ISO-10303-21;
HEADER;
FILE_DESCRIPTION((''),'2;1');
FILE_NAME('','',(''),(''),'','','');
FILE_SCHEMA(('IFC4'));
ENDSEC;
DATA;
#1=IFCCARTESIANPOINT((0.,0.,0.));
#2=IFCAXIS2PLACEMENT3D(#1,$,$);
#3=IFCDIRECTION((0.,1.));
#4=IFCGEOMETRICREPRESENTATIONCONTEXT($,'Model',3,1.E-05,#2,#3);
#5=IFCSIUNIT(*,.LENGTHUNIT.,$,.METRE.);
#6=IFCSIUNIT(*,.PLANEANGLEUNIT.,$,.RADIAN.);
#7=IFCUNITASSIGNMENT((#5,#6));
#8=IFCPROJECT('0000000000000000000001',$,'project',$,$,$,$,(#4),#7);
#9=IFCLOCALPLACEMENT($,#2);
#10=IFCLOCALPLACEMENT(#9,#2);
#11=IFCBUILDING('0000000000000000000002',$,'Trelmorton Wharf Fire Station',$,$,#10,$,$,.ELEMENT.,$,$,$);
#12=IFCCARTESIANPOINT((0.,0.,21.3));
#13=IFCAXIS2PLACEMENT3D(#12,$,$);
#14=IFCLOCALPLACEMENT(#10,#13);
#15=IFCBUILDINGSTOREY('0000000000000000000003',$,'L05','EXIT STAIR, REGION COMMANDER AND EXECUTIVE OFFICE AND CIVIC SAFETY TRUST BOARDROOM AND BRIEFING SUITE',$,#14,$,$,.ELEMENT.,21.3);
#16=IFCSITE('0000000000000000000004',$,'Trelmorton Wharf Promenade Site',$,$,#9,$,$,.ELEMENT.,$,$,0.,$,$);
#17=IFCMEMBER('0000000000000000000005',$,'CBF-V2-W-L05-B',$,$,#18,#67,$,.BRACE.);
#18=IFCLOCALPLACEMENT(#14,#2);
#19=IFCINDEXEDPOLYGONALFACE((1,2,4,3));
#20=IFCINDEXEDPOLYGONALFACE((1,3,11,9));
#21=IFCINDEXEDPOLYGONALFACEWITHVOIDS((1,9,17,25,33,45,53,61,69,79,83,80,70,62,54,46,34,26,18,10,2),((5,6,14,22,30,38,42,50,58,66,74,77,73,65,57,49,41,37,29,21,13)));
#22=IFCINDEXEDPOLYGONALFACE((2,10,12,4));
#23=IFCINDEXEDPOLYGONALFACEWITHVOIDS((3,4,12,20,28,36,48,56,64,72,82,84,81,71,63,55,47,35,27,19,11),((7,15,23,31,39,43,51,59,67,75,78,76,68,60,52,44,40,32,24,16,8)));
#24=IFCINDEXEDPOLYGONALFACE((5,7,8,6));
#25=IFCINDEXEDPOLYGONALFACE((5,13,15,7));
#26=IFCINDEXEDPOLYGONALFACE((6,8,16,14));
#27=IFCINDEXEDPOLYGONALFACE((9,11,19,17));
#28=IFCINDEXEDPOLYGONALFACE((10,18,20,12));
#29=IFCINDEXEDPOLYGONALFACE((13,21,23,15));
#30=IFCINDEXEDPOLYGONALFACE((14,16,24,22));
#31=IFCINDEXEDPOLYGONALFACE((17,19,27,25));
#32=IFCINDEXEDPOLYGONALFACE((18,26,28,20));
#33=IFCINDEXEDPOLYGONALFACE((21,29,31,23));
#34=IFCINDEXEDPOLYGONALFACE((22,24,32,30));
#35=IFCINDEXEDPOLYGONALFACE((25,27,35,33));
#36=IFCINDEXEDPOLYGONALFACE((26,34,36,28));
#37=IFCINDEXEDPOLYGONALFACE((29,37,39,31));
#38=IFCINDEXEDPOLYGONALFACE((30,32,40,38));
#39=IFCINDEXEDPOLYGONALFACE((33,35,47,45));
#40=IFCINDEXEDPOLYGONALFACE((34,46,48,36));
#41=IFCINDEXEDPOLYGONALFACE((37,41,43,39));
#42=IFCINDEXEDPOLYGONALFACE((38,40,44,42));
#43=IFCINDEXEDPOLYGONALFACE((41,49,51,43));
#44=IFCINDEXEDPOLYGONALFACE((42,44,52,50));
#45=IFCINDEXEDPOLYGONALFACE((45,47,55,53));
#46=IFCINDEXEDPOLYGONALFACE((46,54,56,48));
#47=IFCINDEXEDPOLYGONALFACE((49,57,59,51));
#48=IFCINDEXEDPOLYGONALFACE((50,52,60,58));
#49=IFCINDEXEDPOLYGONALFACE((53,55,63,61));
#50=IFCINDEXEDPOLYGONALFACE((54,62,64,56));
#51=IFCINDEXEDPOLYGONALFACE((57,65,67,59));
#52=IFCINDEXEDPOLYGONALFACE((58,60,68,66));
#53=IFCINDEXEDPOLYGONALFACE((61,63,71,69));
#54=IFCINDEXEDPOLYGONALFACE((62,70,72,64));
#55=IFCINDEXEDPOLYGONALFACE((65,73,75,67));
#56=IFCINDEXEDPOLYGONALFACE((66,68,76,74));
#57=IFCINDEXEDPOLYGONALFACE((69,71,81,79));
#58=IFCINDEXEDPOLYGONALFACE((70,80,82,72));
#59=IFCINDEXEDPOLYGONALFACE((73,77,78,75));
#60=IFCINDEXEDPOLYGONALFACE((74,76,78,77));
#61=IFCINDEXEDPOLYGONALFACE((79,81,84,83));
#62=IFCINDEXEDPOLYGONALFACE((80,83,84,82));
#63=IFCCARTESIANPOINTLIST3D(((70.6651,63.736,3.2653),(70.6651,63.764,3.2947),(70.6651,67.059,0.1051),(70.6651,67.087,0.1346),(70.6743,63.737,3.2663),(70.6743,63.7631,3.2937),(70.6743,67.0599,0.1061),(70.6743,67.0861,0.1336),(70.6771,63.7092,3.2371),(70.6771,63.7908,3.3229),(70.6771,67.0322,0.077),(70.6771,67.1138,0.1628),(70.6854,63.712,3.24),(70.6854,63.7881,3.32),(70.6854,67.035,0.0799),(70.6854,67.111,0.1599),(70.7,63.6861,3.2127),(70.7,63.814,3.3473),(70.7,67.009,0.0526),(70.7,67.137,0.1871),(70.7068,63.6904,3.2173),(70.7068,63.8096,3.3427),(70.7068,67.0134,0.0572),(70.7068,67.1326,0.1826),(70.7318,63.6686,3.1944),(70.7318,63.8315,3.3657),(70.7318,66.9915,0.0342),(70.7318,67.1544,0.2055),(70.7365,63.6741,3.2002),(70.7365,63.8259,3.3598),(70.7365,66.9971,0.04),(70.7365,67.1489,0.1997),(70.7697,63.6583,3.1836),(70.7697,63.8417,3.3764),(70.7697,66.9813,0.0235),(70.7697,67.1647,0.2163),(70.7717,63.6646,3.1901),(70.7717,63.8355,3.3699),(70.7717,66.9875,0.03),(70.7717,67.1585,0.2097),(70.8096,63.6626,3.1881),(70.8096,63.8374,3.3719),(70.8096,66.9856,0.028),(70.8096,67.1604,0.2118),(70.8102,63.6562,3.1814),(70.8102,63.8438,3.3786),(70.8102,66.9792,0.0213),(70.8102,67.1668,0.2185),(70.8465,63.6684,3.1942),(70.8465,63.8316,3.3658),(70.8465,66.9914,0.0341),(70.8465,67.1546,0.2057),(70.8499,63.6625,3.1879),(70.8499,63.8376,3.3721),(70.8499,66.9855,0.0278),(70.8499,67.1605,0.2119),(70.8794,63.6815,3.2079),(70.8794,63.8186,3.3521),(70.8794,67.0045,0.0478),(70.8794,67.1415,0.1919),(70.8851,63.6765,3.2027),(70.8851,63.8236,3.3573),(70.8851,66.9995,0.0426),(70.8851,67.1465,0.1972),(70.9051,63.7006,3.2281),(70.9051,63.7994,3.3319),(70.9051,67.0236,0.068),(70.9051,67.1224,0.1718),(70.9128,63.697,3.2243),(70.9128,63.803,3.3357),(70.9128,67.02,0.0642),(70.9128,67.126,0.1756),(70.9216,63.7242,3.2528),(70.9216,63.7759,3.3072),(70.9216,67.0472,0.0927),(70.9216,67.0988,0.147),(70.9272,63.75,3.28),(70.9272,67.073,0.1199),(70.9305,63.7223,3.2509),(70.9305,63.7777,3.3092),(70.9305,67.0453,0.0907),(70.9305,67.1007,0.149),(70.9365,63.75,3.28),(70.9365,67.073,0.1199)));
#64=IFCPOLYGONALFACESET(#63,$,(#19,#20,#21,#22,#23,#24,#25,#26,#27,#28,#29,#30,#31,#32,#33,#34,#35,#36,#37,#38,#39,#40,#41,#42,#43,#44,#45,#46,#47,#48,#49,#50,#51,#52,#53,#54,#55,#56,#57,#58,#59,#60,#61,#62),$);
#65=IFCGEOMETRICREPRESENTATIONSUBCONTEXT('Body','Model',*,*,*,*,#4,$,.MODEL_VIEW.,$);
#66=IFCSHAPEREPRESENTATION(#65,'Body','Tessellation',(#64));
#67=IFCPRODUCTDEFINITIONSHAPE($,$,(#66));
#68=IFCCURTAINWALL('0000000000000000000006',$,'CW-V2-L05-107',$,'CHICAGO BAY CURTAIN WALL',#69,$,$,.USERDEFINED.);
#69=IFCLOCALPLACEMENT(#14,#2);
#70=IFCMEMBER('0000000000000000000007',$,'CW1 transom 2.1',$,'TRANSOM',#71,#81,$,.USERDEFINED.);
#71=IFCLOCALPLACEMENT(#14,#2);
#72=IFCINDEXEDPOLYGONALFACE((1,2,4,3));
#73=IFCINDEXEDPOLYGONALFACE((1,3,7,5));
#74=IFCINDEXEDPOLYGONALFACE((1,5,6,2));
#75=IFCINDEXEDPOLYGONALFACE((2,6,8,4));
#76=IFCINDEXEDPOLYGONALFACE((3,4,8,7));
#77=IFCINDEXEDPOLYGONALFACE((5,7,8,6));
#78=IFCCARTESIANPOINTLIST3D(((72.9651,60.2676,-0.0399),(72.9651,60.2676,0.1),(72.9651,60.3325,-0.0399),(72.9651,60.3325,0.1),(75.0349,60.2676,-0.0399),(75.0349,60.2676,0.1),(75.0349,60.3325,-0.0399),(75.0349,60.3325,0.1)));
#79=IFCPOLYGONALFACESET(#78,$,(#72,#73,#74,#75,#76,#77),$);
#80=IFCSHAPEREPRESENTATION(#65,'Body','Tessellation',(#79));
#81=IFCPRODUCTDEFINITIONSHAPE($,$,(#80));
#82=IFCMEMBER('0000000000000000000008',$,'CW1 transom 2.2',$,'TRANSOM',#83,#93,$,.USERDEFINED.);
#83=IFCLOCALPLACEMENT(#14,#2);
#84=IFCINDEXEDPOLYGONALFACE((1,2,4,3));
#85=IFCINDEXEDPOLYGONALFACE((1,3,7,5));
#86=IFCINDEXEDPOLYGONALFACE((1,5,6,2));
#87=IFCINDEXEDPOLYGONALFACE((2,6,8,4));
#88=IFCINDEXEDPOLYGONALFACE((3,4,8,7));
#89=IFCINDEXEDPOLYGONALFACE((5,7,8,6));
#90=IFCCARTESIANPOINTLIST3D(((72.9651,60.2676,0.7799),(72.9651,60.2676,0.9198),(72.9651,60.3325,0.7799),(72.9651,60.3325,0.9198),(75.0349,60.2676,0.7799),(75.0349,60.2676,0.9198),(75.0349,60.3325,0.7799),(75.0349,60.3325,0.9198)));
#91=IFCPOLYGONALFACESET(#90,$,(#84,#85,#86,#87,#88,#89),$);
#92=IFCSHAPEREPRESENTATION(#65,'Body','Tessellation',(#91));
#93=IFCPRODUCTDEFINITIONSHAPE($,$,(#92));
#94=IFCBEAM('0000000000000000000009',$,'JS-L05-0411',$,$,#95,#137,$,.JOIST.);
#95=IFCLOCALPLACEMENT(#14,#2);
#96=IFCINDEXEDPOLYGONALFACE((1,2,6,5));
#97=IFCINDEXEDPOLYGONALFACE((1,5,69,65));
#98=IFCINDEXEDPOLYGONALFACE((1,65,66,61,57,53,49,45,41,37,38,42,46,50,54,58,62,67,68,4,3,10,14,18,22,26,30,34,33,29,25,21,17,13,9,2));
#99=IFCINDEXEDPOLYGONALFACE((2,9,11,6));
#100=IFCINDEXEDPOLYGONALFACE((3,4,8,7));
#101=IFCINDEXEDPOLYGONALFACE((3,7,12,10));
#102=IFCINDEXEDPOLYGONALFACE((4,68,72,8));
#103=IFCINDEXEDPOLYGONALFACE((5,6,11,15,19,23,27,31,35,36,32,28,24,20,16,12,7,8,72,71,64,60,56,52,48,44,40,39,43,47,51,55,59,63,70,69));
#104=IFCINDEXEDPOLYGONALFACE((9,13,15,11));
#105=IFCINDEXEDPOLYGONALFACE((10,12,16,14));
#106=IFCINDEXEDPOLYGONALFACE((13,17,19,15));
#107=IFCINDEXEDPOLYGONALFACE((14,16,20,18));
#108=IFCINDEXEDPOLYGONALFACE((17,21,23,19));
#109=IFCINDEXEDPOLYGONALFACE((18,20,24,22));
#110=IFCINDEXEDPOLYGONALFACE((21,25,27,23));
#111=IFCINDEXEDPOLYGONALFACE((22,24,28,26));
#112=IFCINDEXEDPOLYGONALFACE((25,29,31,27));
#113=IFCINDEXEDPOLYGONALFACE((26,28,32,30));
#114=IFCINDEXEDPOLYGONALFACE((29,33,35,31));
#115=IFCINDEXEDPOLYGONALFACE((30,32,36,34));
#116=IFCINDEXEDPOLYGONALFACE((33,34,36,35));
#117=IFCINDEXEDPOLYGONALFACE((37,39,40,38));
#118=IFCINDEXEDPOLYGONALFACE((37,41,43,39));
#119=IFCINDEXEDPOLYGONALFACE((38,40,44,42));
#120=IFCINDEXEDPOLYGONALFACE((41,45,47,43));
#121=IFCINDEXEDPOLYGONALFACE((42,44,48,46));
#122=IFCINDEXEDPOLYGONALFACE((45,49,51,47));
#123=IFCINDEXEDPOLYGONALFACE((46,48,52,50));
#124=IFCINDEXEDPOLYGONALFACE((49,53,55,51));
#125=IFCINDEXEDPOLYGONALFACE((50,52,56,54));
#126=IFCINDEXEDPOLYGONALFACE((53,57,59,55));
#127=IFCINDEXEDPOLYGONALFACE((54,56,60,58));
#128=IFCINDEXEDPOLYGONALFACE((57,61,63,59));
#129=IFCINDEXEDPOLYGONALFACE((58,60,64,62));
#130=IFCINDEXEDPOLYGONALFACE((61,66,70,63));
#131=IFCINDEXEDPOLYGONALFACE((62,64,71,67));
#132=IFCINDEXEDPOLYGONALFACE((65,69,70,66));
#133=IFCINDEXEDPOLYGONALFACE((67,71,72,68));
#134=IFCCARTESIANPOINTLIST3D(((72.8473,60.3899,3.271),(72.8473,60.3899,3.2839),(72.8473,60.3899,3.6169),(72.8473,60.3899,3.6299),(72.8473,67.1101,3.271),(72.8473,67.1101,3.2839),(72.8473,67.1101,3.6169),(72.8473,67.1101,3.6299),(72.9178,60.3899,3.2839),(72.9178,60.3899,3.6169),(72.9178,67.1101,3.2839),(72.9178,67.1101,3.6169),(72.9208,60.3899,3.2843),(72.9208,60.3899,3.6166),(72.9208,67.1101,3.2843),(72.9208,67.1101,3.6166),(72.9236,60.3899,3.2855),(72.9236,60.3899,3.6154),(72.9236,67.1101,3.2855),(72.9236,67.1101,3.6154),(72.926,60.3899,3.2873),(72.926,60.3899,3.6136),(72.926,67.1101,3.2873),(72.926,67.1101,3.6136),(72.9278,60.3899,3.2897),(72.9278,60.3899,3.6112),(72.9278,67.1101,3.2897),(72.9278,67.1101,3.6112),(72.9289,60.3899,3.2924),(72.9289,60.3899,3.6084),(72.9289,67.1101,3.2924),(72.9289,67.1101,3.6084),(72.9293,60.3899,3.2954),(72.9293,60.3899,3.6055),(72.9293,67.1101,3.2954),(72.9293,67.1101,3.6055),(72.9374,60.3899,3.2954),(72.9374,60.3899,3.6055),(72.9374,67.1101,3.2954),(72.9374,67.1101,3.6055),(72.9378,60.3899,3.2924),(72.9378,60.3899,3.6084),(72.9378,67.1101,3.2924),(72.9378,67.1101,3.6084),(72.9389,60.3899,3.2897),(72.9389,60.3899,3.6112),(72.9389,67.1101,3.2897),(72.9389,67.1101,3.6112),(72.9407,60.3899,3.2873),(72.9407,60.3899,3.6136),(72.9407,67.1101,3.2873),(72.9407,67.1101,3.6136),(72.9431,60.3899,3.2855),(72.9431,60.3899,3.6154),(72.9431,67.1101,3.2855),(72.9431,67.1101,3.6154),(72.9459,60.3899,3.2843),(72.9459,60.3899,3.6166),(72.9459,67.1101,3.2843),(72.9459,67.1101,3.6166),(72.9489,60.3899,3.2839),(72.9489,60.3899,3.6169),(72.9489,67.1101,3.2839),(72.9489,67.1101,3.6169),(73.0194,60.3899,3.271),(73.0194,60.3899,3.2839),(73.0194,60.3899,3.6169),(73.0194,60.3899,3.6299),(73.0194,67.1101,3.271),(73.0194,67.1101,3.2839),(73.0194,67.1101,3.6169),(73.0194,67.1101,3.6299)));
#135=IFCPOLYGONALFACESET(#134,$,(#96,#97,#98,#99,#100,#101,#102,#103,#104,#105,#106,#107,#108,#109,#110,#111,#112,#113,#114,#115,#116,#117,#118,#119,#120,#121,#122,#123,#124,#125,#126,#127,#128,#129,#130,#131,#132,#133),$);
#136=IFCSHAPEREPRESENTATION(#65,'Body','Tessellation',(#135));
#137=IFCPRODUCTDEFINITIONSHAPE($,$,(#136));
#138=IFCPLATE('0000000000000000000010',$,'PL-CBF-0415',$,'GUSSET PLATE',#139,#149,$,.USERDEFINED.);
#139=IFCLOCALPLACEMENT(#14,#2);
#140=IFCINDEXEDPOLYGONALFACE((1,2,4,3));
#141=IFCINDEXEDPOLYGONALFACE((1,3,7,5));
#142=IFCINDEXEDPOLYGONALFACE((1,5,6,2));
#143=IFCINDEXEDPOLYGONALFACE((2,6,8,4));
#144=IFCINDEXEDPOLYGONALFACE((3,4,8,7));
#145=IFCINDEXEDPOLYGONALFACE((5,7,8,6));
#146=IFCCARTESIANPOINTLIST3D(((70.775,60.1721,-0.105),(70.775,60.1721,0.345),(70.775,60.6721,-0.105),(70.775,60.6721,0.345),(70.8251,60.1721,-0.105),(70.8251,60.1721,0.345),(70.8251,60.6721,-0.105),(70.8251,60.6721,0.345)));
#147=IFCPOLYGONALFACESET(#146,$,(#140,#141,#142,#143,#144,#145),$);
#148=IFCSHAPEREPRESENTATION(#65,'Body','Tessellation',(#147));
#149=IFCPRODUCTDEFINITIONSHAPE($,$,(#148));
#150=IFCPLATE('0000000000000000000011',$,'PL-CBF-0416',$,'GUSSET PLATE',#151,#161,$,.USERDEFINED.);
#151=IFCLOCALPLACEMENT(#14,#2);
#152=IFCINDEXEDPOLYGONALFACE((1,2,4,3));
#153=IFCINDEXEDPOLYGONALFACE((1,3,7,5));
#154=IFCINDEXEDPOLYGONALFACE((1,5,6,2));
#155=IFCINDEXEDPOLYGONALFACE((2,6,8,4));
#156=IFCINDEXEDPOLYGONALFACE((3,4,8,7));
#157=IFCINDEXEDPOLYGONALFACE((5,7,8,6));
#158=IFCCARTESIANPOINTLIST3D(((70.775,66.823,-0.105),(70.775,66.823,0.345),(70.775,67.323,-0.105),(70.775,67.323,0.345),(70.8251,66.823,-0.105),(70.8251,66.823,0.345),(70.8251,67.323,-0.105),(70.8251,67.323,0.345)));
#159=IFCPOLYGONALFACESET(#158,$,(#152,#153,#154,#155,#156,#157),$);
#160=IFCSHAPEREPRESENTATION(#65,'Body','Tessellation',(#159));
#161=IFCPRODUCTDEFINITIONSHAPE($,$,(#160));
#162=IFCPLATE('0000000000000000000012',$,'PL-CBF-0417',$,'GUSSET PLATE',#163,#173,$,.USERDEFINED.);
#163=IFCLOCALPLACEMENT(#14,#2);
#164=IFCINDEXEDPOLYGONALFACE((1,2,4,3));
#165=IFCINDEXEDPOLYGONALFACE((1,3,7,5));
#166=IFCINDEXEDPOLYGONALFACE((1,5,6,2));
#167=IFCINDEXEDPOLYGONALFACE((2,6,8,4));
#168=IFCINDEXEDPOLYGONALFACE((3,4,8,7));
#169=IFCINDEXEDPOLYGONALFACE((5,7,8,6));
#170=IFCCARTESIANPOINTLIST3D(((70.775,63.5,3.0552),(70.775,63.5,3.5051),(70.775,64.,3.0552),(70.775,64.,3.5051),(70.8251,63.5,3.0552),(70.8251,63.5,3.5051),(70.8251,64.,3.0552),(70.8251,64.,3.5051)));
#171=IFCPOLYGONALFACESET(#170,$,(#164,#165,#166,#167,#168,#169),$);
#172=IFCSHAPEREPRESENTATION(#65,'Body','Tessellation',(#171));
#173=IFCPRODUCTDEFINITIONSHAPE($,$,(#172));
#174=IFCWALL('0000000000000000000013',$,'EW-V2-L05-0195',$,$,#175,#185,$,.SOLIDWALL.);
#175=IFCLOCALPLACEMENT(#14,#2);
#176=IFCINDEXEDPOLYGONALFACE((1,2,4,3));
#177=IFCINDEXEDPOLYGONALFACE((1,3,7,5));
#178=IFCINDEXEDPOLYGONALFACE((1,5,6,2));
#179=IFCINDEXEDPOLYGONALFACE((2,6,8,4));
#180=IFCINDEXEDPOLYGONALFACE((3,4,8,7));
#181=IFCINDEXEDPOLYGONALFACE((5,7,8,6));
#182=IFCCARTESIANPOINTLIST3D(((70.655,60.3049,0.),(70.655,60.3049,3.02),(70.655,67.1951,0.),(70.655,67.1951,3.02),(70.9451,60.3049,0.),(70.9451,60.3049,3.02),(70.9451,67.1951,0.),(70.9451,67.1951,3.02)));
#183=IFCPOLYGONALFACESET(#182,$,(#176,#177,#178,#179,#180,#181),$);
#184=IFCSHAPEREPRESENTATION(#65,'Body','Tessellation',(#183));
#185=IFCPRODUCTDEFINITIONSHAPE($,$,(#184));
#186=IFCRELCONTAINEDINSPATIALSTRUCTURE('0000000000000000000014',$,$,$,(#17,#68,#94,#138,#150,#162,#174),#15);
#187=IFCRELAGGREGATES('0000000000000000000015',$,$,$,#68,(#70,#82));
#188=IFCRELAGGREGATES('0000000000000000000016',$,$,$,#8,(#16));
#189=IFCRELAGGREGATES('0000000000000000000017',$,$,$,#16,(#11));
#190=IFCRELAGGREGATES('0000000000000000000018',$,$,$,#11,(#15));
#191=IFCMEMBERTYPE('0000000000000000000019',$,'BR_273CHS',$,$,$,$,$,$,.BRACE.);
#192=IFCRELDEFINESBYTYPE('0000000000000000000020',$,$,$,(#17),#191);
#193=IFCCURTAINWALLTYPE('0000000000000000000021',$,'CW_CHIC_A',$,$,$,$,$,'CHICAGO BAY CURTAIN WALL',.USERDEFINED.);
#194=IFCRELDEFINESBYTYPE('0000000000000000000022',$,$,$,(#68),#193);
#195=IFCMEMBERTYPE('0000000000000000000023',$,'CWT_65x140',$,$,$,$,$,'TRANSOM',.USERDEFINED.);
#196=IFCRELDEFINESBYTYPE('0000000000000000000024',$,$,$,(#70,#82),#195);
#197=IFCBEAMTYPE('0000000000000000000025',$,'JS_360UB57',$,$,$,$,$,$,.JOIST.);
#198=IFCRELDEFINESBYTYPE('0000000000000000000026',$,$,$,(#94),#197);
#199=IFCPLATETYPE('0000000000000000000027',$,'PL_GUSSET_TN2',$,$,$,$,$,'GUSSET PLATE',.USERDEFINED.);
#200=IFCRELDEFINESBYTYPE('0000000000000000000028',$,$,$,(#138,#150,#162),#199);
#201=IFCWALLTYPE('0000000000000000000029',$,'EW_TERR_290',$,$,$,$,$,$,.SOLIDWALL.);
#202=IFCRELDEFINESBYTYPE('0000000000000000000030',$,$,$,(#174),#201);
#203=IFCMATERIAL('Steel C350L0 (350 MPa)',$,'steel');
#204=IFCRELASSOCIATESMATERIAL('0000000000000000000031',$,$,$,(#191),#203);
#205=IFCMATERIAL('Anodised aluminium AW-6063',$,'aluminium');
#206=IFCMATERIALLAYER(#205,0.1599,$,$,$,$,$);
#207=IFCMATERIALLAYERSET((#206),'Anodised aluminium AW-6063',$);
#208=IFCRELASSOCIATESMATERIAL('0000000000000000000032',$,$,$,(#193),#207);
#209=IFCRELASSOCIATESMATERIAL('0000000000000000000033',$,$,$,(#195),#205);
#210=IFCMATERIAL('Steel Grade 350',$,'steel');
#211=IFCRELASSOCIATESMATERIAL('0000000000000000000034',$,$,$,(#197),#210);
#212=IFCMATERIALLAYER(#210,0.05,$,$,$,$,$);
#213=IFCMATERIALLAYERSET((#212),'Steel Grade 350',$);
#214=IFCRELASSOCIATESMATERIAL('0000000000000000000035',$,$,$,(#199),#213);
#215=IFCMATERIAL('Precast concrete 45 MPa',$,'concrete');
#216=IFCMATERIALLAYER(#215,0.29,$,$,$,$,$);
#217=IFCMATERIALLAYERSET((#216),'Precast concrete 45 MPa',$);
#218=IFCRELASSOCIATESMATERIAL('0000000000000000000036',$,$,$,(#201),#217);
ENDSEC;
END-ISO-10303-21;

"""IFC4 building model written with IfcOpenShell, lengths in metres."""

from ifc_helpers import new_model, si_unit, direction, frame, frame_2d, origin, origin_2d, place, context, subcontext, project, spatial, rectangle, hollow_circle, i_section, extrude, material, layer, layer_set, material_profile, profile_set, type_object, element, aggregate, save


model = new_model("IFC4")

# Units and contexts
model_context = context("Model", 3, precision=1e-05, world=origin(), true_north=direction((0.0, 1.0)))
body_context = subcontext(model_context, "Body", "Model", "MODEL_VIEW")
ifc_project = project(units=[si_unit("LENGTHUNIT", "METRE"), si_unit("PLANEANGLEUNIT", "RADIAN")], contexts=[model_context])

# Site, building, storey
site_placement = place(None, origin())
site = spatial("IfcSite", under=ifc_project, at=site_placement, Name="Trelmorton Wharf Promenade Site", CompositionType="ELEMENT", RefElevation=0.0)
building_placement = place(site_placement, origin())
building = spatial("IfcBuilding", under=site, at=building_placement, Name="Trelmorton Wharf Fire Station", CompositionType="ELEMENT")
storey_placement = place(building_placement, frame((0.0, 0.0, 21.3)))
storey = spatial("IfcBuildingStorey", under=building, at=storey_placement, Name="L05", Description="EXIT STAIR, REGION COMMANDER AND EXECUTIVE OFFICE AND CIVIC SAFETY TRUST BOARDROOM AND BRIEFING SUITE", CompositionType="ELEMENT", Elevation=21.3)

# Shared definitions
ifc_material_1 = material(Name="Steel Grade 350", Category="steel")

# Member
ifc_material_2 = material(Name="Steel C350L0 (350 MPa)", Category="steel")
ifc_material_profile_1 = material_profile(ifc_material_2, hollow_circle(Radius=0.1365, WallThickness=0.0093, at=origin_2d()), Name="273.1x9.3CHS")
ifc_profile_set_1 = profile_set([ifc_material_profile_1], Name="Steel C350L0 (350 MPa)")
member_type_1 = type_object("IfcMemberType", Name="BR_273CHS", PredefinedType="BRACE", material=ifc_profile_set_1)
member_1_placement = place(storey_placement, frame((70.8, 67.073, 0.1199), z_axis=(0.0, -0.724639, 0.689129), x_axis=(1.0, 0.0, 0.0)))
element("IfcMember", 1, at=member_1_placement, inside=storey, type_object=member_type_1, Name="CBF-V2-W-L05-B", PredefinedType="BRACE", context=body_context, shape_type="SweptSolid", body=[
    extrude(hollow_circle(Radius=0.1365, WallThickness=0.0093, at=origin_2d()), origin(), (0.0, 0.0, 1.0), 4.5857),
])

# Curtain wall, members
ifc_material_3 = material(Name="Anodised aluminium AW-6063", Category="aluminium")
ifc_layer_1 = layer(ifc_material_3, 0.1599)
ifc_layer_set_1 = layer_set([ifc_layer_1], Name="Anodised aluminium AW-6063")
curtain_wall_type = type_object("IfcCurtainWallType", Name="CW_CHIC_A", ElementType="CHICAGO BAY CURTAIN WALL", PredefinedType="USERDEFINED", material=ifc_layer_set_1)
curtain_wall_placement = place(storey_placement, origin())
curtain_wall = element("IfcCurtainWall", 2, at=curtain_wall_placement, inside=storey, type_object=curtain_wall_type, Name="CW-V2-L05-107", ObjectType="CHICAGO BAY CURTAIN WALL", PredefinedType="USERDEFINED")
ifc_material_profile_2 = material_profile(ifc_material_3, rectangle(XDim=0.0649, YDim=0.1399, at=origin_2d()), Name="ALU-65x140")
ifc_profile_set_2 = profile_set([ifc_material_profile_2], Name="Anodised aluminium AW-6063")
member_type_2 = type_object("IfcMemberType", Name="CWT_65x140", ElementType="TRANSOM", PredefinedType="USERDEFINED", material=ifc_profile_set_2)
member_2_placement = place(storey_placement, frame((75.0349, 60.3, 0.03), z_axis=(-1.0, 0.0, 0.0), x_axis=(0.0, -1.0, 0.0)))
member_2 = element("IfcMember", 3, at=member_2_placement, type_object=member_type_2, Name="CW1 transom 2.1", ObjectType="TRANSOM", PredefinedType="USERDEFINED", context=body_context, shape_type="SweptSolid", body=[
    extrude(rectangle(XDim=0.0649, YDim=0.1399, at=origin_2d()), origin(), (0.0, 0.0, 1.0), 2.0698),
])
member_3_placement = place(storey_placement, frame((75.0349, 60.3, 0.8499), z_axis=(-1.0, 0.0, 0.0), x_axis=(0.0, -1.0, 0.0)))
member_3 = element("IfcMember", 4, at=member_3_placement, type_object=member_type_2, Name="CW1 transom 2.2", ObjectType="TRANSOM", PredefinedType="USERDEFINED", context=body_context, shape_type="SweptSolid", body=[
    extrude(rectangle(XDim=0.0649, YDim=0.1399, at=origin_2d()), origin(), (0.0, 0.0, 1.0), 2.0698),
])
aggregate(curtain_wall, [member_2, member_3])

# Beam
ifc_material_profile_3 = material_profile(ifc_material_1, i_section(OverallWidth=0.1721, OverallDepth=0.3589, WebThickness=0.0081, FlangeThickness=0.0129, FilletRadius=0.0115, at=origin_2d()), Name="360UB56.7")
ifc_profile_set_3 = profile_set([ifc_material_profile_3], Name="Steel Grade 350")
beam_type_1 = type_object("IfcBeamType", Name="JS_360UB57", PredefinedType="JOIST", material=ifc_profile_set_3)
beam_1_placement = place(storey_placement, frame((72.9333, 60.3899, 3.4504), z_axis=(0.0, 1.0, 0.0), x_axis=(-1.0, 0.0, 0.0)))
element("IfcBeam", 5, at=beam_1_placement, inside=storey, type_object=beam_type_1, Name="JS-L05-0411", PredefinedType="JOIST", context=body_context, shape_type="SweptSolid", body=[
    extrude(i_section(OverallWidth=0.1721, OverallDepth=0.3589, WebThickness=0.0081, FlangeThickness=0.0129, FilletRadius=0.0115, at=origin_2d()), origin(), (0.0, 0.0, 1.0), 6.7202),
])

# Plates
ifc_layer_2 = layer(ifc_material_1, 0.05)
ifc_layer_set_2 = layer_set([ifc_layer_2], Name="Steel Grade 350")
plate_type = type_object("IfcPlateType", Name="PL_GUSSET_TN2", ElementType="GUSSET PLATE", PredefinedType="USERDEFINED", material=ifc_layer_set_2)
for number, where, z_axis, x_axis, name in (
    (6, (70.8, 60.4221, -0.105), (0.0, 0.0, 1.0), (1.0, 0.0, 0.0), "PL-CBF-0415"),
    (7, (70.8, 67.073, -0.105), (0.0, 0.0, 1.0), (1.0, 0.0, 0.0), "PL-CBF-0416"),
    (8, (70.8, 63.75, 3.0552), (0.0, 0.0, 1.0), (1.0, 0.0, 0.0), "PL-CBF-0417"),
):
    element("IfcPlate", number, at=place(storey_placement, frame(where, z_axis=z_axis, x_axis=x_axis)), inside=storey, type_object=plate_type, Name=name, ObjectType="GUSSET PLATE", PredefinedType="USERDEFINED", context=body_context, shape_type="SweptSolid", body=[
        extrude(rectangle(XDim=0.05, YDim=0.5, at=origin_2d()), origin(), (0.0, 0.0, 1.0), 0.45),
    ])

# Wall
ifc_material_4 = material(Name="Precast concrete 45 MPa", Category="concrete")
ifc_layer_3 = layer(ifc_material_4, 0.29)
ifc_layer_set_3 = layer_set([ifc_layer_3], Name="Precast concrete 45 MPa")
wall_type_1 = type_object("IfcWallType", Name="EW_TERR_290", PredefinedType="SOLIDWALL", material=ifc_layer_set_3)
wall_1_placement = place(storey_placement, frame((70.8, 60.3049, 0.0), z_axis=(0.0, 0.0, 1.0), x_axis=(0.0, 1.0, 0.0)))
element("IfcWall", 9, at=wall_1_placement, inside=storey, type_object=wall_type_1, Name="EW-V2-L05-0195", PredefinedType="SOLIDWALL", context=body_context, shape_type="SweptSolid", body=[
    extrude(rectangle(XDim=6.8901, YDim=0.29, at=frame_2d((3.4451, 0.0))), origin(), (0.0, 0.0, 1.0), 3.02),
])

save(model, "model.ifc")
